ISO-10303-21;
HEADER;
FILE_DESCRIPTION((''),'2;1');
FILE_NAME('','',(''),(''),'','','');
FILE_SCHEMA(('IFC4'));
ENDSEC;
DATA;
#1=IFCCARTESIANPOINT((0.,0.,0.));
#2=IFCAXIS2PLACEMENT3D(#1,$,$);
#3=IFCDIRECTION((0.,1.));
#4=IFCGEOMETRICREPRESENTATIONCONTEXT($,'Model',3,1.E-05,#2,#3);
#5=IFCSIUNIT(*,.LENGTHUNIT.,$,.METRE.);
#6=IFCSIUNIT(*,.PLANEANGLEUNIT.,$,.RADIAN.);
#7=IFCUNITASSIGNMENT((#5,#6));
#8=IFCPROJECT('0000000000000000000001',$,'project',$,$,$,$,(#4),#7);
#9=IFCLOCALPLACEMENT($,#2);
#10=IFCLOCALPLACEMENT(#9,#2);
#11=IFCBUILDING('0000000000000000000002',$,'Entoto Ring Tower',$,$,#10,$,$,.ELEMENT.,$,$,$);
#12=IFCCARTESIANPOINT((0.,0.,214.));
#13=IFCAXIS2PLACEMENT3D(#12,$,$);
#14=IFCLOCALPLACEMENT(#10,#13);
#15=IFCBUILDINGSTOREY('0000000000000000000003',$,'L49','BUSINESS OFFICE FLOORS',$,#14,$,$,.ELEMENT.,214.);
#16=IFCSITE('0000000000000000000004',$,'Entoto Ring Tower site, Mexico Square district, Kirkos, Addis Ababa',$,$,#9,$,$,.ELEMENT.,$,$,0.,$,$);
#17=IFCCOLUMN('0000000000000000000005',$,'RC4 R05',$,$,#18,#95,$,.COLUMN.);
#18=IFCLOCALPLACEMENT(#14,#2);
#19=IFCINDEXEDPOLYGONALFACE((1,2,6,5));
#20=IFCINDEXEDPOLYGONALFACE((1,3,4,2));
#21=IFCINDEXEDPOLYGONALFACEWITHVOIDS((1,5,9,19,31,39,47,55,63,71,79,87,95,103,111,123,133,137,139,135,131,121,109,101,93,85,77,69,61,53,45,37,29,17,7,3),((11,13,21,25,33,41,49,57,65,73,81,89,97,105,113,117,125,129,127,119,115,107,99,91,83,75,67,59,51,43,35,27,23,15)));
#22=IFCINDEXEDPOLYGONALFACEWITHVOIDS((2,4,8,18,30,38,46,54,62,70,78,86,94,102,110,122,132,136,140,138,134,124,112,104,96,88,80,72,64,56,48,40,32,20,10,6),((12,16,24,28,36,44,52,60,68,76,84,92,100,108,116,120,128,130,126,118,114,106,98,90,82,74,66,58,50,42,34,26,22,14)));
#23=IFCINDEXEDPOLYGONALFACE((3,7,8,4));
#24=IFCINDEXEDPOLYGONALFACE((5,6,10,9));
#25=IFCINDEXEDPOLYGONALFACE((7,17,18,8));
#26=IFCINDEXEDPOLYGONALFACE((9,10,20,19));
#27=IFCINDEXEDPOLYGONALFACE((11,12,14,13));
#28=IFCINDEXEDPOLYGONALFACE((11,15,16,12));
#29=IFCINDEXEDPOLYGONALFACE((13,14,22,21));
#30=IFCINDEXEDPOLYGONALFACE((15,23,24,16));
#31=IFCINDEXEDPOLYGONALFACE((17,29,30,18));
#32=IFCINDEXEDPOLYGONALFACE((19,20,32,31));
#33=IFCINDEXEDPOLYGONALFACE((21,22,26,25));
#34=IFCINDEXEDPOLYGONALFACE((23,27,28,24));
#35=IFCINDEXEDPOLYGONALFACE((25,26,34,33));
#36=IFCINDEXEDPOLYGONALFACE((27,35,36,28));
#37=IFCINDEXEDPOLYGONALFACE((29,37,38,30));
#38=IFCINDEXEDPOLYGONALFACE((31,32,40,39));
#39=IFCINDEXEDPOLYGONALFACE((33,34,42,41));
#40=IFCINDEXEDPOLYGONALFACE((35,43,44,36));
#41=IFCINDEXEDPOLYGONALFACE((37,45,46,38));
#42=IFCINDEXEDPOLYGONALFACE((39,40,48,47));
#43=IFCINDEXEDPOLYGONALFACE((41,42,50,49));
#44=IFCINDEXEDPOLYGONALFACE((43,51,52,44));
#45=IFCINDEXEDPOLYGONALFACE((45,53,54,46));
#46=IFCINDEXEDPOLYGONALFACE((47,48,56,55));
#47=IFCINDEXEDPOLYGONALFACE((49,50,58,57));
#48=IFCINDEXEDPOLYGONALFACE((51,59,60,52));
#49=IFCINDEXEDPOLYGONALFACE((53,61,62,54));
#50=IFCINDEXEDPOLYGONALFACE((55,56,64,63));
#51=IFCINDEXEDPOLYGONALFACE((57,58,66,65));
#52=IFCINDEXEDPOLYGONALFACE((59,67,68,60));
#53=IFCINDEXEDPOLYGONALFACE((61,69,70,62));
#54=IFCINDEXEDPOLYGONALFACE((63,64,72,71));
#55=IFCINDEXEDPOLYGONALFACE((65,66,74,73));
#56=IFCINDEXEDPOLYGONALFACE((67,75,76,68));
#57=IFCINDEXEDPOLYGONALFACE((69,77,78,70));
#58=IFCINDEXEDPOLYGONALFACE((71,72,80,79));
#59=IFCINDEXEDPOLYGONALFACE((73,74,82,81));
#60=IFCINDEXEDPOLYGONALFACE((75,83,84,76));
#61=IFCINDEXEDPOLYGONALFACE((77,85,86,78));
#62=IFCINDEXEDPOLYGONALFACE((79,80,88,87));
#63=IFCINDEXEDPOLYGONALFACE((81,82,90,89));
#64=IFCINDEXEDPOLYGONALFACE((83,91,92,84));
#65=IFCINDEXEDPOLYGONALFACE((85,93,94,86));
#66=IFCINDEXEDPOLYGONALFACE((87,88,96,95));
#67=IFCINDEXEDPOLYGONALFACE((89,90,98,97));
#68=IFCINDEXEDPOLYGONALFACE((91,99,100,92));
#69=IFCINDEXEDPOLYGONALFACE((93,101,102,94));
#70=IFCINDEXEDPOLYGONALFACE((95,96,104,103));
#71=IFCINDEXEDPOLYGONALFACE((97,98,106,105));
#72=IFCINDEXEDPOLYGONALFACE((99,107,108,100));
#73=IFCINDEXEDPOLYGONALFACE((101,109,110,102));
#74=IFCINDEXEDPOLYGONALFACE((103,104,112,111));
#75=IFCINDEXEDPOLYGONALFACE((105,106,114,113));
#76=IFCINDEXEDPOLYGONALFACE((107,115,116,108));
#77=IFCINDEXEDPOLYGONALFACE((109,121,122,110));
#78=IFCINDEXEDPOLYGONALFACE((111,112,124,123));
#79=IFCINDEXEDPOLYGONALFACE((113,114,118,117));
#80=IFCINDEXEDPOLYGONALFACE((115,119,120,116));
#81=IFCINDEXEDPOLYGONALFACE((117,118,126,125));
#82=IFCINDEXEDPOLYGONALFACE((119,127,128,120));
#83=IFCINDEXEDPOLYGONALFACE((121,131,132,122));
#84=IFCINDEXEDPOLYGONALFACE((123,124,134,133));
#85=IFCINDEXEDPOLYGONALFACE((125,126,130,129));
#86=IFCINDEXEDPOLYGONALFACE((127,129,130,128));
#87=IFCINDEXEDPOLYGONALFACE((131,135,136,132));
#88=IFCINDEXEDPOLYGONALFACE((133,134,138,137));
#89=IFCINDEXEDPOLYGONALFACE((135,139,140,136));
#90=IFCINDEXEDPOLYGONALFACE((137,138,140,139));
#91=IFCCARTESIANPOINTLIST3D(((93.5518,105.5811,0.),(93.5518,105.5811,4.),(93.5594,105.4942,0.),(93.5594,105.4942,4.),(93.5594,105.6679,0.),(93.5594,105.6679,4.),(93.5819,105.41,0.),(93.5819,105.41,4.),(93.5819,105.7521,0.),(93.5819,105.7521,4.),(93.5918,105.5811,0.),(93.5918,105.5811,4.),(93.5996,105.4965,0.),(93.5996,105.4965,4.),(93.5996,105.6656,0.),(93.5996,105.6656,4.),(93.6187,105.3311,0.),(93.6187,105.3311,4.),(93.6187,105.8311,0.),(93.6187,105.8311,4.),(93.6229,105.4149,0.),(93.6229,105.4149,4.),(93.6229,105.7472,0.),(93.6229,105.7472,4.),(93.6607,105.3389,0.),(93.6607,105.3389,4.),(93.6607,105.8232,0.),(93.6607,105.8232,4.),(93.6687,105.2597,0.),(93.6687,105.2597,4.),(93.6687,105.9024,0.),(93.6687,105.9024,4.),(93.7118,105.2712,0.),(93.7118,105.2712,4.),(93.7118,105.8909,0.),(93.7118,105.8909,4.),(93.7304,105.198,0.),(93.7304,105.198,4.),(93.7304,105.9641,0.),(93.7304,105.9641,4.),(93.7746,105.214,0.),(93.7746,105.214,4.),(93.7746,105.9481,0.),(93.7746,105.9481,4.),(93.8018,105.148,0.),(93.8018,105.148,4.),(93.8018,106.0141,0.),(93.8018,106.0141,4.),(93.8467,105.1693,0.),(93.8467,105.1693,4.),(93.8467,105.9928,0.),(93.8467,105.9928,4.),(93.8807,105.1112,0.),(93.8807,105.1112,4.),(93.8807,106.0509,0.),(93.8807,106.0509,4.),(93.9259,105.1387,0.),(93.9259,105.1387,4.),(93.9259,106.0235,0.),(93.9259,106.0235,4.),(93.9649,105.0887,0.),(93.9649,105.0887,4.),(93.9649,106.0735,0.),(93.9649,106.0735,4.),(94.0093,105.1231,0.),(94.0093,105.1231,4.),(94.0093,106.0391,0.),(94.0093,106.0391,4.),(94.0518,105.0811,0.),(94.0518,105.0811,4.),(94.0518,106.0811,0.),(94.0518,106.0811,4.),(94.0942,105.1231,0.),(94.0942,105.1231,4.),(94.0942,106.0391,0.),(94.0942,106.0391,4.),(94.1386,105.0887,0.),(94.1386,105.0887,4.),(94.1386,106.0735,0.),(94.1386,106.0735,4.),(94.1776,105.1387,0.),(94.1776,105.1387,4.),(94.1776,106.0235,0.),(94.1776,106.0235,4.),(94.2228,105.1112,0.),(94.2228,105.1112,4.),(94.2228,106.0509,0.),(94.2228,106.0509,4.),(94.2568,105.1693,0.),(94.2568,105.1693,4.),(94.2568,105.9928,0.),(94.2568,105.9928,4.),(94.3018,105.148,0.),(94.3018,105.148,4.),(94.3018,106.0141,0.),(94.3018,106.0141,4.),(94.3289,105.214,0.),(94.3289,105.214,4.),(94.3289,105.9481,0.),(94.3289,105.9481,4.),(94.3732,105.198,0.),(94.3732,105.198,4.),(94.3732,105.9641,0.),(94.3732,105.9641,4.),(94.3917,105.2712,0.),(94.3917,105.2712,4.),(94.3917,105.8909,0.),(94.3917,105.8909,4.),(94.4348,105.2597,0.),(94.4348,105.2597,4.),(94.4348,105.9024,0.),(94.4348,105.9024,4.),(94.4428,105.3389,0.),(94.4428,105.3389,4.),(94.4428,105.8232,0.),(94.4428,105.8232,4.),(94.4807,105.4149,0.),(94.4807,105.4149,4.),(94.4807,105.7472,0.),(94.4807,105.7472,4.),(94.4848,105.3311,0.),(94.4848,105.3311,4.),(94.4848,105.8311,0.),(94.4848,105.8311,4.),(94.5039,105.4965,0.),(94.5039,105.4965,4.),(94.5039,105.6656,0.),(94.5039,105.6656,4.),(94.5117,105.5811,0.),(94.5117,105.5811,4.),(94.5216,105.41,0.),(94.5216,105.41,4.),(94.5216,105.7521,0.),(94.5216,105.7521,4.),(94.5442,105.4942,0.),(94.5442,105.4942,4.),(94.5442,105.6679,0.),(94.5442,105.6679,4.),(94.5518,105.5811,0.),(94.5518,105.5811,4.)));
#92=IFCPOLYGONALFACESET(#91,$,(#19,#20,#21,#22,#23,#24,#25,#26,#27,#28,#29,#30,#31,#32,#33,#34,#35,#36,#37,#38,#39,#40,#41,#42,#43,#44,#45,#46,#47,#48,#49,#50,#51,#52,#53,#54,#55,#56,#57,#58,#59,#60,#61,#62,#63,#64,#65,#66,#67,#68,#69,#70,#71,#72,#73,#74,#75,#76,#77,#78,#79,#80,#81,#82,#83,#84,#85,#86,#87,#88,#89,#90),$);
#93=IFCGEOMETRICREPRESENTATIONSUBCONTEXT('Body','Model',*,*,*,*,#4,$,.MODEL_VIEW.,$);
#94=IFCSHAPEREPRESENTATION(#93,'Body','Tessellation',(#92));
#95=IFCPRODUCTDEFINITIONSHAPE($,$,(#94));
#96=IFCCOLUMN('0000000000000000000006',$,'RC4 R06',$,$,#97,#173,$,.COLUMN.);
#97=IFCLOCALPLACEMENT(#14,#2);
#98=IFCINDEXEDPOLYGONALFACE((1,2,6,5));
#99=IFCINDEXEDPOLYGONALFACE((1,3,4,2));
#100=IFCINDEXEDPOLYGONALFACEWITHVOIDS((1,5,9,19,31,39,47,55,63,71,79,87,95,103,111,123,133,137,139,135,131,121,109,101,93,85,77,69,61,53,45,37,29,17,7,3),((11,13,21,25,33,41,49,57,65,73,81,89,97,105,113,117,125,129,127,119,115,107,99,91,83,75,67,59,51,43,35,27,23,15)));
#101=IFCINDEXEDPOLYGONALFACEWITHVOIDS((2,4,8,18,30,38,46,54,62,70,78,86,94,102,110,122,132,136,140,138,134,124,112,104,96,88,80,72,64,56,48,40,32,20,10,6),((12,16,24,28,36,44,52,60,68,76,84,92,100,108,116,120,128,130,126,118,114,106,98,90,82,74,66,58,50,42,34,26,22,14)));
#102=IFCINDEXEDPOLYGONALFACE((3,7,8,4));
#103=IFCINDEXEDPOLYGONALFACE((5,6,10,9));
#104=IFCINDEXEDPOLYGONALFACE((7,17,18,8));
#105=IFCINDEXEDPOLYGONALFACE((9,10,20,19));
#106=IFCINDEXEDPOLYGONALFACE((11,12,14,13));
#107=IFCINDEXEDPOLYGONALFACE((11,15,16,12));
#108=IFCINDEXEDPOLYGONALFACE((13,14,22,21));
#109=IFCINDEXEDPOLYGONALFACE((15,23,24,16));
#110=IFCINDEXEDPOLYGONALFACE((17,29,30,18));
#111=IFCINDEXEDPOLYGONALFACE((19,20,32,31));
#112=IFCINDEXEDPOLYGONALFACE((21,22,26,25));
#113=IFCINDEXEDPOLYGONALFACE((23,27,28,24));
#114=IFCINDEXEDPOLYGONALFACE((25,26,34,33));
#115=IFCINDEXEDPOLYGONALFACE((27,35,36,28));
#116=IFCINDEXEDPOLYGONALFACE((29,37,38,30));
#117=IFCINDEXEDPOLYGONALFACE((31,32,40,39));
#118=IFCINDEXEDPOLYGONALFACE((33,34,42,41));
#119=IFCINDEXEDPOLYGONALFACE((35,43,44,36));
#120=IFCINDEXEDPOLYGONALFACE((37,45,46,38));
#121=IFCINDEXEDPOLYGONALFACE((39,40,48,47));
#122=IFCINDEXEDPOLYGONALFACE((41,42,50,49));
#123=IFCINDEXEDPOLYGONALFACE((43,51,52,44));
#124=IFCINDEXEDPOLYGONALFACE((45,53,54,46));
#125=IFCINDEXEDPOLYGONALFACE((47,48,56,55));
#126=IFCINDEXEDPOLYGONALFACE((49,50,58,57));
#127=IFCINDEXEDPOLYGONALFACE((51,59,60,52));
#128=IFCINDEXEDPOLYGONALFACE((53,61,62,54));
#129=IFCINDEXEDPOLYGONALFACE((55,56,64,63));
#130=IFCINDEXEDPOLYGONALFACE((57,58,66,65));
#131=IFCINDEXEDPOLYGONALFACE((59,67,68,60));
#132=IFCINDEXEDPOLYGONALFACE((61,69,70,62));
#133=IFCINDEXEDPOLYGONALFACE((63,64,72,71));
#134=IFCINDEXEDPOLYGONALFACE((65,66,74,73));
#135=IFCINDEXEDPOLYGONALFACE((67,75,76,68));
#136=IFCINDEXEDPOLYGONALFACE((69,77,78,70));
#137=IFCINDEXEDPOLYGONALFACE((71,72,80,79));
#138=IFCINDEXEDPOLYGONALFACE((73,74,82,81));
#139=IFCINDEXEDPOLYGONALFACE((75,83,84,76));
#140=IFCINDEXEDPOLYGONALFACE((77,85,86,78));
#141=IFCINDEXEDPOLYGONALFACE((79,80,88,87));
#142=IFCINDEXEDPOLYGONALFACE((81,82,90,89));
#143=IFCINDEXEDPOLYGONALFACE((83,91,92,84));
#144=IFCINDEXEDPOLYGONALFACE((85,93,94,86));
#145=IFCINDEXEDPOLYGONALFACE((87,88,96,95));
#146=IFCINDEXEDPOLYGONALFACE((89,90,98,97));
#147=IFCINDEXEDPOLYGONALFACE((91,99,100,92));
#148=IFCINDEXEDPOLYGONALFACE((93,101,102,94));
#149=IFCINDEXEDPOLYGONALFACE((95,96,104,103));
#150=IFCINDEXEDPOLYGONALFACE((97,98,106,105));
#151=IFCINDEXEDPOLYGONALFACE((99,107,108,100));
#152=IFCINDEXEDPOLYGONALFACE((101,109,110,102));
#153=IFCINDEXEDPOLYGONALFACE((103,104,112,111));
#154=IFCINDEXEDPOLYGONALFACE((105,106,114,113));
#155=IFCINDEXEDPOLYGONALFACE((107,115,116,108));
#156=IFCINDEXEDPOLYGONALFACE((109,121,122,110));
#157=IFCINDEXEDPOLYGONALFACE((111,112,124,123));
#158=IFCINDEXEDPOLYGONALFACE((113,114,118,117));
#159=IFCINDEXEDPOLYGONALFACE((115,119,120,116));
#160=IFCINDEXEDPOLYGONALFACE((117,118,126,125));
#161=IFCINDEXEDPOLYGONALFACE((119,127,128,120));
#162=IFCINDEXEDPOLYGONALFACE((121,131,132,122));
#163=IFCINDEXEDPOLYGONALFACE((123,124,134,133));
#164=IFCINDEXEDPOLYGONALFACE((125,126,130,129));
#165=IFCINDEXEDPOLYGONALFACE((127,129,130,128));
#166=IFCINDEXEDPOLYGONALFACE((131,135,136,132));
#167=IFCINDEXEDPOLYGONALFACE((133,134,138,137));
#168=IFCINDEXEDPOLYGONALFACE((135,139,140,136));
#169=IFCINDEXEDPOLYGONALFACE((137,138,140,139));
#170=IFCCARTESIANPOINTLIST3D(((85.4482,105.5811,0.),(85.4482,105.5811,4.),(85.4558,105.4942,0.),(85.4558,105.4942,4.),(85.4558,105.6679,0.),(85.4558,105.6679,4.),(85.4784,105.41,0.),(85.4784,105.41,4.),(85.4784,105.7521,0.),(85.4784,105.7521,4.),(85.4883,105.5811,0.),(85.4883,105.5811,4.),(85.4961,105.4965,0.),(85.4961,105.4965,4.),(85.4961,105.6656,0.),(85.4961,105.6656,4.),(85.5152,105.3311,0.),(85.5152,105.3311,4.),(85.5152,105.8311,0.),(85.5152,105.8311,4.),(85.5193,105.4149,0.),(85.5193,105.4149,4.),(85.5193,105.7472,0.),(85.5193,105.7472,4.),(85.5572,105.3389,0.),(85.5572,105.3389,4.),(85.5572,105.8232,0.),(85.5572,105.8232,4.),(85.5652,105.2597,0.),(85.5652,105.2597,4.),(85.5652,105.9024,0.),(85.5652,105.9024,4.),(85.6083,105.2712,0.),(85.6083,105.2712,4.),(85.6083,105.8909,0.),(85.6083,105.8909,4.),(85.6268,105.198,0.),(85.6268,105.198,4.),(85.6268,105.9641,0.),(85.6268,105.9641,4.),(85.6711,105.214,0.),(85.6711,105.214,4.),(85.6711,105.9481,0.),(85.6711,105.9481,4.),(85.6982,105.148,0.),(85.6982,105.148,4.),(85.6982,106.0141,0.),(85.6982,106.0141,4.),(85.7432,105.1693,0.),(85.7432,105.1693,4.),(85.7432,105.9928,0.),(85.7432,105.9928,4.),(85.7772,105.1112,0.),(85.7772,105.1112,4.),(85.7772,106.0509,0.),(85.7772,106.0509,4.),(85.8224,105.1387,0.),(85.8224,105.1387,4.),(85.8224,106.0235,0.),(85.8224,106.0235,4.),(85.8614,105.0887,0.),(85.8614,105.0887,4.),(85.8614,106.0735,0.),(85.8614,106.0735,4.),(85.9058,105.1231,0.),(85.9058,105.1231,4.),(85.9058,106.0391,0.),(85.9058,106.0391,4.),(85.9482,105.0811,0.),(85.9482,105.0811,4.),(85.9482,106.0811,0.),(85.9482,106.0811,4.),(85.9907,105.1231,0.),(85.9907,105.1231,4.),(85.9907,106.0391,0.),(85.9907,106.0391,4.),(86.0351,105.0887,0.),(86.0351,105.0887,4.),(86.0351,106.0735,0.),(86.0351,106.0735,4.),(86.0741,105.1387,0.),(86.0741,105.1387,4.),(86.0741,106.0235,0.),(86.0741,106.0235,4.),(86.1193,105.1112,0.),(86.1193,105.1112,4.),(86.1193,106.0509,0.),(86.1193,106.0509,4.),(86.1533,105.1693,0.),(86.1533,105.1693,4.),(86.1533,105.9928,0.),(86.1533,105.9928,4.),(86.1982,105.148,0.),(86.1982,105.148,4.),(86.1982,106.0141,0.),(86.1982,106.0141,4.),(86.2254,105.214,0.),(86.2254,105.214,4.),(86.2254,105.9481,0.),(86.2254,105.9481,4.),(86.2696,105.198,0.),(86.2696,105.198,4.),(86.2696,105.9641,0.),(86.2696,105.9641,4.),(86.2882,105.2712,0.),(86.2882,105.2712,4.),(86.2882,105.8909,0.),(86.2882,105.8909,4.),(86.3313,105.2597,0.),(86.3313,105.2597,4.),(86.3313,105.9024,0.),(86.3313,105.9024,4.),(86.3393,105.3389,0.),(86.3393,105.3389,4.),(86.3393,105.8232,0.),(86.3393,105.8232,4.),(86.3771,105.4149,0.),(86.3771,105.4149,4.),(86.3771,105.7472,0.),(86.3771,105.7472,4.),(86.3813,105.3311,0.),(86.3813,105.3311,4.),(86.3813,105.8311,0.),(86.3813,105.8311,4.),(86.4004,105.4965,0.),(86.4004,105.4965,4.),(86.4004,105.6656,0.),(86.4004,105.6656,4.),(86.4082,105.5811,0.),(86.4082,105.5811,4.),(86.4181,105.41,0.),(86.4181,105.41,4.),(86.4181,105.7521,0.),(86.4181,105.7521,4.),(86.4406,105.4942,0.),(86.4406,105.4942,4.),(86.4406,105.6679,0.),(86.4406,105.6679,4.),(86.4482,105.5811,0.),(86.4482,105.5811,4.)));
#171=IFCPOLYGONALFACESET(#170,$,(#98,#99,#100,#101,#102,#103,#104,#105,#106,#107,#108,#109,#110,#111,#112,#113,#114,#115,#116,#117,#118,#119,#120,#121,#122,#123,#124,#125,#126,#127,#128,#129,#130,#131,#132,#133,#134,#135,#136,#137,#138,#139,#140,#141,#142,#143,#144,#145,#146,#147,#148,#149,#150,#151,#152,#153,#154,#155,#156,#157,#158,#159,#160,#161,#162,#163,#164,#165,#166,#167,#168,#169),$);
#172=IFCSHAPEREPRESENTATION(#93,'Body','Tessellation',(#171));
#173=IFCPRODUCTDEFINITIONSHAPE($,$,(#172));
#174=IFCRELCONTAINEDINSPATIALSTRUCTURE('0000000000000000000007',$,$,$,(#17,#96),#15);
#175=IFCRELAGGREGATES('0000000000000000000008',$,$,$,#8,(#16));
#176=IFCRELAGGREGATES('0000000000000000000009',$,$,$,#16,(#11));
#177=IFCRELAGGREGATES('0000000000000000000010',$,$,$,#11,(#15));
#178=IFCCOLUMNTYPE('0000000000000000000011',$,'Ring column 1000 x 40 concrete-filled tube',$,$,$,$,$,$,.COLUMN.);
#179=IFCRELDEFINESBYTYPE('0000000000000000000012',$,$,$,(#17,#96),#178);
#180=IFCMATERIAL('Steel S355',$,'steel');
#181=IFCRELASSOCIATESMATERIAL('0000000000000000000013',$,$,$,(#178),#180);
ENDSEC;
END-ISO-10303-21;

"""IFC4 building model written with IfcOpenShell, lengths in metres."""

from ifc_helpers import new_model, si_unit, direction, frame, origin, origin_2d, place, context, subcontext, project, spatial, circle, hollow_circle, extrude, material, material_profile, profile_set, type_object, element, save


model = new_model("IFC4")

# Units and contexts
model_context = context("Model", 3, precision=1e-05, world=origin(), true_north=direction((0.0, 1.0)))
body_context = subcontext(model_context, "Body", "Model", "MODEL_VIEW")
ifc_project = project(units=[si_unit("LENGTHUNIT", "METRE"), si_unit("PLANEANGLEUNIT", "RADIAN")], contexts=[model_context])

# Site, building, storey
site_placement = place(None, origin())
site = spatial("IfcSite", under=ifc_project, at=site_placement, Name="Entoto Ring Tower site, Mexico Square district, Kirkos, Addis Ababa", CompositionType="ELEMENT", RefElevation=0.0)
building_placement = place(site_placement, origin())
building = spatial("IfcBuilding", under=site, at=building_placement, Name="Entoto Ring Tower", CompositionType="ELEMENT")
storey_placement = place(building_placement, frame((0.0, 0.0, 214.0)))
storey = spatial("IfcBuildingStorey", under=building, at=storey_placement, Name="L49", Description="BUSINESS OFFICE FLOORS", CompositionType="ELEMENT", Elevation=214.0)

# Columns
ifc_material_1 = material(Name="Steel S355", Category="steel")
ifc_material_profile_1 = material_profile(ifc_material_1, hollow_circle(Radius=0.5, WallThickness=0.04, at=origin_2d()), Name="CHS 1000 x 40")
ifc_material_2 = material(Name="Concrete C60/75", Category="concrete")
ifc_material_profile_2 = material_profile(ifc_material_2, circle(Radius=0.46, at=origin_2d()), Name="Concrete C60/75 infill")
ifc_profile_set_1 = profile_set([ifc_material_profile_1, ifc_material_profile_2], Name="Steel S355")
column_type = type_object("IfcColumnType", Name="Ring column 1000 x 40 concrete-filled tube", PredefinedType="COLUMN", material=ifc_profile_set_1)
for number, where, z_axis, x_axis, name in (
    (1, (94.0518, 105.5811, 0.0), (0.0, 0.0, 1.0), (1.0, 0.0, 0.0), "RC4 R05"),
    (2, (85.9482, 105.5811, 0.0), (0.0, 0.0, 1.0), (1.0, 0.0, 0.0), "RC4 R06"),
):
    element("IfcColumn", number, at=place(storey_placement, frame(where, z_axis=z_axis, x_axis=x_axis)), inside=storey, type_object=column_type, Name=name, PredefinedType="COLUMN", context=body_context, shape_type="SweptSolid", body=[
        extrude(hollow_circle(Radius=0.5, WallThickness=0.04, at=origin_2d()), origin(), (0.0, 0.0, 1.0), 4.0),
    ])

save(model, "model.ifc")
